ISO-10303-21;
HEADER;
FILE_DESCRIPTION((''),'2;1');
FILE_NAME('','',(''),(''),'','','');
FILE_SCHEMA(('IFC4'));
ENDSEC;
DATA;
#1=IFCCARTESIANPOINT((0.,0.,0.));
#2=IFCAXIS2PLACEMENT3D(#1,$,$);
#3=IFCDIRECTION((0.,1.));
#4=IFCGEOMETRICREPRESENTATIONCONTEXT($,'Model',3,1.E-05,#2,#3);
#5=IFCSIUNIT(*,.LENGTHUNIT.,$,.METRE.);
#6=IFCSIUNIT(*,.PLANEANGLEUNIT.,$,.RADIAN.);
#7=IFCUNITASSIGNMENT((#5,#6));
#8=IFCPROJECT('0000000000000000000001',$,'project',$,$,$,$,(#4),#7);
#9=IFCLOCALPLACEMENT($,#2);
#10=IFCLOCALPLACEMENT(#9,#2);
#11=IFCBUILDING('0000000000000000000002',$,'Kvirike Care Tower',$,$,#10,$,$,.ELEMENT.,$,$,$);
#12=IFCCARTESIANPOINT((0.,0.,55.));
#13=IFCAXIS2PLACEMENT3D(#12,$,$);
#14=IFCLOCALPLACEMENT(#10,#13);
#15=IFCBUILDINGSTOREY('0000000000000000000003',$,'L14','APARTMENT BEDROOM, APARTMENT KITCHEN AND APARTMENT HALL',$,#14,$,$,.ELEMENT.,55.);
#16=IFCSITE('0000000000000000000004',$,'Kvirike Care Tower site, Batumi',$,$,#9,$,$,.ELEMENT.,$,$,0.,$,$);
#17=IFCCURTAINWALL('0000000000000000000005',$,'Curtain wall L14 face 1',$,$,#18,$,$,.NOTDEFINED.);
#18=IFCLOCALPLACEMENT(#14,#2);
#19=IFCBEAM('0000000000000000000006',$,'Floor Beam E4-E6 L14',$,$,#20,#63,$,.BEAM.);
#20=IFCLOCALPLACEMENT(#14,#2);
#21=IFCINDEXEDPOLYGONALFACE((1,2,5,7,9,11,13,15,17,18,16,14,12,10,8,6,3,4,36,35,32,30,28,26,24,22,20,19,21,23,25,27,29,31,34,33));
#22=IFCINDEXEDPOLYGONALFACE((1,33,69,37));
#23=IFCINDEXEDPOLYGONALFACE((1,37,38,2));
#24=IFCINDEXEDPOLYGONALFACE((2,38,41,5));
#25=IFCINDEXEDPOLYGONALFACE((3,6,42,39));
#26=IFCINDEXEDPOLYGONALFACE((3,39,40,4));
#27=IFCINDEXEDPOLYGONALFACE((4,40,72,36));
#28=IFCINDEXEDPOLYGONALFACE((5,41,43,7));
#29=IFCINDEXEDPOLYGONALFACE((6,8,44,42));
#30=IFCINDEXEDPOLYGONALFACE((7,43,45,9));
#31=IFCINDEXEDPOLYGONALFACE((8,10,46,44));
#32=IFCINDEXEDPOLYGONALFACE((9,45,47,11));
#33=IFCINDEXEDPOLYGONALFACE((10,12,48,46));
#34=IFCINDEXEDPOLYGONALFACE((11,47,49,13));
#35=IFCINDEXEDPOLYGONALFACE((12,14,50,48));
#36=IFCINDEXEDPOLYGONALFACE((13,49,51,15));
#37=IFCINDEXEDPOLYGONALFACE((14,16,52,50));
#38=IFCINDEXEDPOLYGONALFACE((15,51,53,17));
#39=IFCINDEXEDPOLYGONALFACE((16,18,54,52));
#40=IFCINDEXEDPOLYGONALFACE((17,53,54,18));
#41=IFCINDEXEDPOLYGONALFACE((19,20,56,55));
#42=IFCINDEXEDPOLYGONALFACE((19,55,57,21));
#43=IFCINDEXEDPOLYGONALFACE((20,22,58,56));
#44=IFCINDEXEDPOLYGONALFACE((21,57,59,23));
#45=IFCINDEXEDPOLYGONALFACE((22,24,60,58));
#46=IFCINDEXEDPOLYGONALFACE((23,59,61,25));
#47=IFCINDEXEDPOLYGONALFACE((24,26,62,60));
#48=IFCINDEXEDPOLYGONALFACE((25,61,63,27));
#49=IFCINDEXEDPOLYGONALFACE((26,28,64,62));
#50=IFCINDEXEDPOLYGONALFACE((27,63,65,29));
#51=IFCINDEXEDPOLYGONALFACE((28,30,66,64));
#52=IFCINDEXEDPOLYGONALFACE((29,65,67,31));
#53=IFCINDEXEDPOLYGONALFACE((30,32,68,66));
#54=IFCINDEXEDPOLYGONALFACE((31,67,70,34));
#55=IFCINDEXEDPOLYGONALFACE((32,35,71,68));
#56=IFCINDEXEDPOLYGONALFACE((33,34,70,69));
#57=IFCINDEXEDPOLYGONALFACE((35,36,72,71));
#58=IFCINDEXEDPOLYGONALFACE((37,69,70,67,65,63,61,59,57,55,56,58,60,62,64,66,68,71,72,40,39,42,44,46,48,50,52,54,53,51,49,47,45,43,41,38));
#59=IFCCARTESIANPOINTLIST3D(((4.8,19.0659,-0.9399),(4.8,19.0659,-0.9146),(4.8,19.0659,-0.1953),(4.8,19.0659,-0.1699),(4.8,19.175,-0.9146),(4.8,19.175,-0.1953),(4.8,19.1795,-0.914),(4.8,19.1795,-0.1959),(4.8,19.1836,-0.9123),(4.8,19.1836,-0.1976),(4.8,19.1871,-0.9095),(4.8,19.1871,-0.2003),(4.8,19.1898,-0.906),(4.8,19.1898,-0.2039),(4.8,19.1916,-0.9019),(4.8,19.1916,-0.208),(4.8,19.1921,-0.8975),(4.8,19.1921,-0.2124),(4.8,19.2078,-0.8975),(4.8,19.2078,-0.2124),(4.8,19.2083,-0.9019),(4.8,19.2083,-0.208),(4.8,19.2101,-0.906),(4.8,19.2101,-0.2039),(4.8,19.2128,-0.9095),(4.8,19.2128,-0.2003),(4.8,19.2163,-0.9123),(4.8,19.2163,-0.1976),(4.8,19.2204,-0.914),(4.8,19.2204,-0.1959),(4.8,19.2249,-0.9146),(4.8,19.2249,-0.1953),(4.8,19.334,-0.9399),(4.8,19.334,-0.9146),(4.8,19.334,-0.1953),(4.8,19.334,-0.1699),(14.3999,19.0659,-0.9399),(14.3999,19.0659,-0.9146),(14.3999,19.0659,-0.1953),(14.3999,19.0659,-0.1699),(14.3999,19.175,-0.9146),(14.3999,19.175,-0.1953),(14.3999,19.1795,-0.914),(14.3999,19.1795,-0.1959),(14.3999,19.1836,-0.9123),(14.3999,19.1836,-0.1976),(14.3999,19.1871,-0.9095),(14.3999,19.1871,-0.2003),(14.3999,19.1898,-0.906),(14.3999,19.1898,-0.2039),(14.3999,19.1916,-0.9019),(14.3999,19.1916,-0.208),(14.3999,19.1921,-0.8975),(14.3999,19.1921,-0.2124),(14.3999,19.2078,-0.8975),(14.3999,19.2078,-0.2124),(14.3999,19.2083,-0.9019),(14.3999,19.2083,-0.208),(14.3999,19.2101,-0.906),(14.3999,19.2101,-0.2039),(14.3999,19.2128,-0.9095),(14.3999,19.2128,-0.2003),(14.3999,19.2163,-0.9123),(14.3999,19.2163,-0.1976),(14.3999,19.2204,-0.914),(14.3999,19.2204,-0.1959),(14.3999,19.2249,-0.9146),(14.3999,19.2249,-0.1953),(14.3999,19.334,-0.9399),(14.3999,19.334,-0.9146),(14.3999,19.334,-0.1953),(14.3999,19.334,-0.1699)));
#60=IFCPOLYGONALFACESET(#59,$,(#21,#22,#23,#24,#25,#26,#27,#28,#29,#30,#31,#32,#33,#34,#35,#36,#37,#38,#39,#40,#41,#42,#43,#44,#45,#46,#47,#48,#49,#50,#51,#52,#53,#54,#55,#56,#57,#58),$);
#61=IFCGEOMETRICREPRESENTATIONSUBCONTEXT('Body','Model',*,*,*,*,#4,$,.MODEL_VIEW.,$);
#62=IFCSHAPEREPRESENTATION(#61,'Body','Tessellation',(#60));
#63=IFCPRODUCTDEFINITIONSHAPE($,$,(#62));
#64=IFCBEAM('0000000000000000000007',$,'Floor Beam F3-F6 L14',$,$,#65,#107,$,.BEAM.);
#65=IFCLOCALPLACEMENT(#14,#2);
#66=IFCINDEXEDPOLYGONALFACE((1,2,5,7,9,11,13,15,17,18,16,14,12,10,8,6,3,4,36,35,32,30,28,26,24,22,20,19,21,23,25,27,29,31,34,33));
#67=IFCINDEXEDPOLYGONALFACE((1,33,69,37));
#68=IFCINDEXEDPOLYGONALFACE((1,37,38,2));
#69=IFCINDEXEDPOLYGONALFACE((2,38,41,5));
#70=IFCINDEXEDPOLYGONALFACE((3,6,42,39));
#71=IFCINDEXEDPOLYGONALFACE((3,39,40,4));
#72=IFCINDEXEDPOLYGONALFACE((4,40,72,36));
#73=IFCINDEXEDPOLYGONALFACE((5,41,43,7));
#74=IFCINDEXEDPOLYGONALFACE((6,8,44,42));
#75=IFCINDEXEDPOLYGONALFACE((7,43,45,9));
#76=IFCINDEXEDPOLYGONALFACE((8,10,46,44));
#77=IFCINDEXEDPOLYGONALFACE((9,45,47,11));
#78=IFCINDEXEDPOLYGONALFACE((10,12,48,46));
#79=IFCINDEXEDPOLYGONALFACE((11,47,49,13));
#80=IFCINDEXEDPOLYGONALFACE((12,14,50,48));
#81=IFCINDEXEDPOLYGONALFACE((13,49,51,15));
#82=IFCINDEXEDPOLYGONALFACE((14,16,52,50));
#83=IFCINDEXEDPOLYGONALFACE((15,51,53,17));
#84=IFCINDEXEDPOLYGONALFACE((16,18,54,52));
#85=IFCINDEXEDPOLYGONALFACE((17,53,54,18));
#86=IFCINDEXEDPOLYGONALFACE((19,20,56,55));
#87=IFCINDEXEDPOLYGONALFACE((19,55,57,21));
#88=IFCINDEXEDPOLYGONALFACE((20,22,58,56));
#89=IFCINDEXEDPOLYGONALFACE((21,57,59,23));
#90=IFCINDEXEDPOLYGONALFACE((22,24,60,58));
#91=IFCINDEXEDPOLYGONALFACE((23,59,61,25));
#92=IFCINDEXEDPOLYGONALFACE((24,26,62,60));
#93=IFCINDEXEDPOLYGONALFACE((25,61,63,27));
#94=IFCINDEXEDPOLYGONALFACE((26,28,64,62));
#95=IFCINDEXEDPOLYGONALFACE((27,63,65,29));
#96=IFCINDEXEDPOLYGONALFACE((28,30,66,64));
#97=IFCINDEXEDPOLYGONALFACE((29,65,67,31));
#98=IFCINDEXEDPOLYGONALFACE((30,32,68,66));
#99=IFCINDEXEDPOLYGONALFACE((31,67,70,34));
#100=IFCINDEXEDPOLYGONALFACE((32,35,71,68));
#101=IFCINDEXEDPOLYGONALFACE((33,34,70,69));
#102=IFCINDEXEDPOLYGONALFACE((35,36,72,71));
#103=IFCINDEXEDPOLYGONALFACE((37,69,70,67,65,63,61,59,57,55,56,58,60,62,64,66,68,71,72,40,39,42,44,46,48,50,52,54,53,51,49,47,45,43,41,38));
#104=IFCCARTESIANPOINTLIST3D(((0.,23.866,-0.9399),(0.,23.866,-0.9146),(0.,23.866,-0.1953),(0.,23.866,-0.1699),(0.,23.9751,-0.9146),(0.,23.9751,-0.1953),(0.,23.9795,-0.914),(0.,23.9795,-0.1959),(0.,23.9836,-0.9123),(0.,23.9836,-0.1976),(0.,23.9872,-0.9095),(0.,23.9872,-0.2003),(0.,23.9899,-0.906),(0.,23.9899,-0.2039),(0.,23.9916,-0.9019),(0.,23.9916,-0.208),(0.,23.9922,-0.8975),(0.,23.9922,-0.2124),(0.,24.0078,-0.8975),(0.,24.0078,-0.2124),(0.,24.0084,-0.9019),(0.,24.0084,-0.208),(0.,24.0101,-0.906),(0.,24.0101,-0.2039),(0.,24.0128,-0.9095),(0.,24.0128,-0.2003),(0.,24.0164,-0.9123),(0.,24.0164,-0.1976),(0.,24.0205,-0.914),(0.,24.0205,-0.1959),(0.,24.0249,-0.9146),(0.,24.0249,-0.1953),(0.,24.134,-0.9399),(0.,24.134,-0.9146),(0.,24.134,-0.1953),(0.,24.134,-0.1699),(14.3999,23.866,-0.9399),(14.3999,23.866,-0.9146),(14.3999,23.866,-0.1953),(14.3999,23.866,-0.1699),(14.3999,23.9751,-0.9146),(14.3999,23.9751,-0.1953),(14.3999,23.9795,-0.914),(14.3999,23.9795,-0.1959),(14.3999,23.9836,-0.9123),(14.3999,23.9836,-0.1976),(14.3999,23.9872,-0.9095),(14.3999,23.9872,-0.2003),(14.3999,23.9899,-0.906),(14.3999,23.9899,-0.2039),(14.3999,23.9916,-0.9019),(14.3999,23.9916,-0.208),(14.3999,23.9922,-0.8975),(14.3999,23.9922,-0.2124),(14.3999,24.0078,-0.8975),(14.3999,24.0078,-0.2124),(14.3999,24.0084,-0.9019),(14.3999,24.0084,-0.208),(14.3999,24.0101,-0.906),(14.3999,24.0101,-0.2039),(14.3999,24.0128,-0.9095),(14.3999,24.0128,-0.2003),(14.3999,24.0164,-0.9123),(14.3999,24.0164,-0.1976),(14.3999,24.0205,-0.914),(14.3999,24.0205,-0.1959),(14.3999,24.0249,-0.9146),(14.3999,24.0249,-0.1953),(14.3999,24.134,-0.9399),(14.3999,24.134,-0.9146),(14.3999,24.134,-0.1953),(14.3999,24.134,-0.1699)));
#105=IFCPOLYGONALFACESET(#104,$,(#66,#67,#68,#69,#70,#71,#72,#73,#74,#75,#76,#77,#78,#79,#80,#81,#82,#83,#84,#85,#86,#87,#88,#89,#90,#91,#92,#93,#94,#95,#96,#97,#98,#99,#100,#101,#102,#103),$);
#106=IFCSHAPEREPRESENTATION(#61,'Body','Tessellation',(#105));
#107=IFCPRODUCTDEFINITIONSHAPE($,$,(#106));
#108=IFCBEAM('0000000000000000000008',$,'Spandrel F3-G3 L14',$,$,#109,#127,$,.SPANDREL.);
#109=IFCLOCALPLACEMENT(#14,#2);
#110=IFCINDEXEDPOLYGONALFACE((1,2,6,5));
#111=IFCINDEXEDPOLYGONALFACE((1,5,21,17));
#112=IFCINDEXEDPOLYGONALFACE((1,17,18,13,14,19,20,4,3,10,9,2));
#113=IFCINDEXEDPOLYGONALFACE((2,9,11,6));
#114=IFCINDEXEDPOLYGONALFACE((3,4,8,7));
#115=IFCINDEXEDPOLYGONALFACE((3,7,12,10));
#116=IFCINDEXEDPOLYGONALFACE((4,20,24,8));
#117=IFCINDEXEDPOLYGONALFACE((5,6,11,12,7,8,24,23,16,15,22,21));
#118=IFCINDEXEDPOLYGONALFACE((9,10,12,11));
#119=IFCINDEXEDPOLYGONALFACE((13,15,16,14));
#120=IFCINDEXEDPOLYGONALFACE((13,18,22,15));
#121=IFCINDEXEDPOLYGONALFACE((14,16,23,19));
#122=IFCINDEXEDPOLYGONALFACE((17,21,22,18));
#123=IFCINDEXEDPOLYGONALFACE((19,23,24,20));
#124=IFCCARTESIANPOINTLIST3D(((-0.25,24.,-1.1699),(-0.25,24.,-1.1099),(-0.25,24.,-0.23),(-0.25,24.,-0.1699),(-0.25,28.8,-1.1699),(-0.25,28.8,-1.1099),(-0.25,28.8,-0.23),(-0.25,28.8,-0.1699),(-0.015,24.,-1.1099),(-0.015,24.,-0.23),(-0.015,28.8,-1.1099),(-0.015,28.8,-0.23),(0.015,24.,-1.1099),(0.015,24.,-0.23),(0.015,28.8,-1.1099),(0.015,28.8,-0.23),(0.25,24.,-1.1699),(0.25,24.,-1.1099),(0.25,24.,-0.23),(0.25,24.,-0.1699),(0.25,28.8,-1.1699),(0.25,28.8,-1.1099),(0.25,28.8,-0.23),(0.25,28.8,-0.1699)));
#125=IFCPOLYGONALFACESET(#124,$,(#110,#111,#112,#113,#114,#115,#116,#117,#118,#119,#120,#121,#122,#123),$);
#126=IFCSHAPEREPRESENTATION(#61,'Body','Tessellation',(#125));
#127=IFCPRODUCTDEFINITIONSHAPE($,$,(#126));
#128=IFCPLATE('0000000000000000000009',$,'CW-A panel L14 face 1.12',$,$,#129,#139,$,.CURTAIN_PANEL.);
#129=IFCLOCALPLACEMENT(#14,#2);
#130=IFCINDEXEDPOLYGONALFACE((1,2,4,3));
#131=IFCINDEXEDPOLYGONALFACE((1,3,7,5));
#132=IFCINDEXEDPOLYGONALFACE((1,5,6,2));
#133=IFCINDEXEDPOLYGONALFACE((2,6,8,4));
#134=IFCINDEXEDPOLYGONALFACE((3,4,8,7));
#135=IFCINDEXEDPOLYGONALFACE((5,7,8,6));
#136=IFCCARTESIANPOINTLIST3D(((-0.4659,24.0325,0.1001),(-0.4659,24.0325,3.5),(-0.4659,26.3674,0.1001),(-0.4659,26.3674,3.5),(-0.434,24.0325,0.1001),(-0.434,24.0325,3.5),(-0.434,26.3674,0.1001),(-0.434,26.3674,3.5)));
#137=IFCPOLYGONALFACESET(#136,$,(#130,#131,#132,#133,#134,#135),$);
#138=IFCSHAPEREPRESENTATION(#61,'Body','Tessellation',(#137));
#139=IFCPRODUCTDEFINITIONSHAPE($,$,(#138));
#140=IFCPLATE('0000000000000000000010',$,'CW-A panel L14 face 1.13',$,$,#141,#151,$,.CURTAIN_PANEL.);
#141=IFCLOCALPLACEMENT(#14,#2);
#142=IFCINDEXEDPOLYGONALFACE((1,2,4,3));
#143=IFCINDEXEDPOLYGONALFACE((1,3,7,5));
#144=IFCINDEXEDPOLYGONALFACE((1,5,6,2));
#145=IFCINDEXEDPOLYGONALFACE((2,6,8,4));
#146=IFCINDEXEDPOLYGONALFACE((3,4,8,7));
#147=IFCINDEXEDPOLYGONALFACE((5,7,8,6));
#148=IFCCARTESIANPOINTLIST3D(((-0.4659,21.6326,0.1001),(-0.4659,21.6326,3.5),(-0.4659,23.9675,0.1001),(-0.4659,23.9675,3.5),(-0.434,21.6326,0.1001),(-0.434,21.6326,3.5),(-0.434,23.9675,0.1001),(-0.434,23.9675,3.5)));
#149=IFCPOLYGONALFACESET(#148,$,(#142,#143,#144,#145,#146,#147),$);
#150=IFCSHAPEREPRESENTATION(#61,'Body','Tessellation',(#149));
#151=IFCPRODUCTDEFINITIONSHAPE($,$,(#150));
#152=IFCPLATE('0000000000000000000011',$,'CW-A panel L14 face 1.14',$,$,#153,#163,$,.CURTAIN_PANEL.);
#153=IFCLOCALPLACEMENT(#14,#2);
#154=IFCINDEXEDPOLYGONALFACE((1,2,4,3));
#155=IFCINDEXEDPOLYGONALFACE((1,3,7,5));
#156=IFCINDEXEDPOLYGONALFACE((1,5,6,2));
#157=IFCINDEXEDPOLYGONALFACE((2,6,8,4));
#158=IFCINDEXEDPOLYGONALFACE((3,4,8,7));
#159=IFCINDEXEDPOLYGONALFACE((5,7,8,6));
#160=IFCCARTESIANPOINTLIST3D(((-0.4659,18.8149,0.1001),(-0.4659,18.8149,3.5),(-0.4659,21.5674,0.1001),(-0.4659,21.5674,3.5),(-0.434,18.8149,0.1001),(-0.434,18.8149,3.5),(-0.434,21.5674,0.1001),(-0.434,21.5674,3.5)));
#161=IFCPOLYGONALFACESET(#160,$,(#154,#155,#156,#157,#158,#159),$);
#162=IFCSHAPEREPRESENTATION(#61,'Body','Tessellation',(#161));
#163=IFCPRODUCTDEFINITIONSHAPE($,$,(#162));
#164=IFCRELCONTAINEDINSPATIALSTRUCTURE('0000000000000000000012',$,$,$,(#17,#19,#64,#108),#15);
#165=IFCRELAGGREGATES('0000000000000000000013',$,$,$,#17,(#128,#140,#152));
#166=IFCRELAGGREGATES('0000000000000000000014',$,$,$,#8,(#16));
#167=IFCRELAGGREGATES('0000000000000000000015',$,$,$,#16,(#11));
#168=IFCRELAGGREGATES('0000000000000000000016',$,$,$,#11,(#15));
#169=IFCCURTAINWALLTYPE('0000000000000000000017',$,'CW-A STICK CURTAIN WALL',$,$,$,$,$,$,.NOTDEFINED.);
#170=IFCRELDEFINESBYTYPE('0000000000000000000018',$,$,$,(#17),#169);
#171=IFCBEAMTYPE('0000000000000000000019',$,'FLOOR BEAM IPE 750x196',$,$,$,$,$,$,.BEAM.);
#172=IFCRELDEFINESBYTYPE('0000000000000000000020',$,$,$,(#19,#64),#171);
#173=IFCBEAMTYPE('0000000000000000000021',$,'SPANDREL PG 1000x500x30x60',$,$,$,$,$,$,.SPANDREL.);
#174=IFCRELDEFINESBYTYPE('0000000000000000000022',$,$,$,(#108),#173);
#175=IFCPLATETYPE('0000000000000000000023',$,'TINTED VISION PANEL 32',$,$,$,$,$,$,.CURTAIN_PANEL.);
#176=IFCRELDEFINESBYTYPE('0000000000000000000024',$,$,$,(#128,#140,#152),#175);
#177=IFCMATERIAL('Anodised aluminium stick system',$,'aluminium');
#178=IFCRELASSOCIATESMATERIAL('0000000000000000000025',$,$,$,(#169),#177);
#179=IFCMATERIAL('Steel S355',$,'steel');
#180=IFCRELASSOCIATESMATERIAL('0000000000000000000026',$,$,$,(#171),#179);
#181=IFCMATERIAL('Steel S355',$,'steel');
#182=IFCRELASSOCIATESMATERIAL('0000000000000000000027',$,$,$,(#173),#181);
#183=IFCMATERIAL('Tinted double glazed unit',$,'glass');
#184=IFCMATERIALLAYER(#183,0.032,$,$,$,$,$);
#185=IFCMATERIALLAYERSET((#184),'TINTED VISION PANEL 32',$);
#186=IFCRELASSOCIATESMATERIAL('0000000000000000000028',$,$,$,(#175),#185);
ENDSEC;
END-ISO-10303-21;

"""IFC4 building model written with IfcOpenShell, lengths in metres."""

from ifc_helpers import new_model, si_unit, direction, frame, origin, origin_2d, place, context, subcontext, project, spatial, rectangle, i_section, extrude, material, layer, layer_set, material_profile, profile_set, type_object, element, aggregate, save


model = new_model("IFC4")

# Units and contexts
model_context = context("Model", 3, precision=1e-05, world=origin(), true_north=direction((0.0, 1.0)))
body_context = subcontext(model_context, "Body", "Model", "MODEL_VIEW")
ifc_project = project(units=[si_unit("LENGTHUNIT", "METRE"), si_unit("PLANEANGLEUNIT", "RADIAN")], contexts=[model_context])

# Site, building, storey
site_placement = place(None, origin())
site = spatial("IfcSite", under=ifc_project, at=site_placement, Name="Kvirike Care Tower site, Batumi", CompositionType="ELEMENT", RefElevation=0.0)
building_placement = place(site_placement, origin())
building = spatial("IfcBuilding", under=site, at=building_placement, Name="Kvirike Care Tower", CompositionType="ELEMENT")
storey_placement = place(building_placement, frame((0.0, 0.0, 55.0)))
storey = spatial("IfcBuildingStorey", under=building, at=storey_placement, Name="L14", Description="APARTMENT BEDROOM, APARTMENT KITCHEN AND APARTMENT HALL", CompositionType="ELEMENT", Elevation=55.0)

# Curtain wall
ifc_material_1 = material(Name="Anodised aluminium stick system", Category="aluminium")
curtain_wall_type = type_object("IfcCurtainWallType", Name="CW-A STICK CURTAIN WALL", PredefinedType="NOTDEFINED", material=ifc_material_1)
curtain_wall_placement = place(storey_placement, origin())
curtain_wall = element("IfcCurtainWall", 1, at=curtain_wall_placement, inside=storey, type_object=curtain_wall_type, Name="Curtain wall L14 face 1", PredefinedType="NOTDEFINED")

# Beams
ifc_material_2 = material(Name="Steel S355", Category="steel")
ifc_material_profile_1 = material_profile(ifc_material_2, i_section(OverallWidth=0.2681, OverallDepth=0.77, WebThickness=0.0156, FlangeThickness=0.0254, FilletRadius=0.0171, at=origin_2d()), Name="IPE 750x196")
ifc_profile_set_1 = profile_set([ifc_material_profile_1], Name="Steel S355")
beam_type_1 = type_object("IfcBeamType", Name="FLOOR BEAM IPE 750x196", PredefinedType="BEAM", material=ifc_profile_set_1)
beam_1_placement = place(storey_placement, frame((4.8, 19.2, -0.5549), z_axis=(1.0, 0.0, 0.0), x_axis=(0.0, 1.0, 0.0)))
element("IfcBeam", 2, at=beam_1_placement, inside=storey, type_object=beam_type_1, Name="Floor Beam E4-E6 L14", PredefinedType="BEAM", context=body_context, shape_type="SweptSolid", body=[
    extrude(i_section(OverallWidth=0.2681, OverallDepth=0.77, WebThickness=0.0156, FlangeThickness=0.0254, FilletRadius=0.0171, at=origin_2d()), origin(), (0.0, 0.0, 1.0), 9.5999),
])
beam_2_placement = place(storey_placement, frame((0.0, 24.0, -0.5549), z_axis=(1.0, 0.0, 0.0), x_axis=(0.0, 1.0, 0.0)))
element("IfcBeam", 3, at=beam_2_placement, inside=storey, type_object=beam_type_1, Name="Floor Beam F3-F6 L14", PredefinedType="BEAM", context=body_context, shape_type="SweptSolid", body=[
    extrude(i_section(OverallWidth=0.2681, OverallDepth=0.77, WebThickness=0.0156, FlangeThickness=0.0254, FilletRadius=0.0171, at=origin_2d()), origin(), (0.0, 0.0, 1.0), 14.3999),
])
ifc_material_3 = material(Name="Steel S355", Category="steel")
ifc_material_profile_2 = material_profile(ifc_material_3, i_section(OverallWidth=0.5, OverallDepth=1.0, WebThickness=0.03, FlangeThickness=0.0601, at=origin_2d()), Name="PG 1000x500x30x60")
ifc_profile_set_2 = profile_set([ifc_material_profile_2], Name="Steel S355")
beam_type_2 = type_object("IfcBeamType", Name="SPANDREL PG 1000x500x30x60", PredefinedType="SPANDREL", material=ifc_profile_set_2)
beam_3_placement = place(storey_placement, frame((0.0, 24.0, -0.6699), z_axis=(0.0, 1.0, 0.0), x_axis=(-1.0, 0.0, 0.0)))
element("IfcBeam", 4, at=beam_3_placement, inside=storey, type_object=beam_type_2, Name="Spandrel F3-G3 L14", PredefinedType="SPANDREL", context=body_context, shape_type="SweptSolid", body=[
    extrude(i_section(OverallWidth=0.5, OverallDepth=1.0, WebThickness=0.03, FlangeThickness=0.0601, at=origin_2d()), origin(), (0.0, 0.0, 1.0), 4.8),
])

# Plates
ifc_material_4 = material(Name="Tinted double glazed unit", Category="glass")
ifc_layer_1 = layer(ifc_material_4, 0.032)
ifc_layer_set_1 = layer_set([ifc_layer_1], Name="TINTED VISION PANEL 32")
plate_type = type_object("IfcPlateType", Name="TINTED VISION PANEL 32", PredefinedType="CURTAIN_PANEL", material=ifc_layer_set_1)
plate_1_placement = place(storey_placement, frame((-0.45, 25.2, 0.1001), z_axis=(0.0, 0.0, 1.0), x_axis=(0.0, -1.0, 0.0)))
plate_1 = element("IfcPlate", 5, at=plate_1_placement, type_object=plate_type, Name="CW-A panel L14 face 1.12", PredefinedType="CURTAIN_PANEL", context=body_context, shape_type="SweptSolid", body=[
    extrude(rectangle(XDim=2.335, YDim=0.032, at=origin_2d()), origin(), (0.0, 0.0, 1.0), 3.3999),
])
plate_2_placement = place(storey_placement, frame((-0.45, 22.8, 0.1001), z_axis=(0.0, 0.0, 1.0), x_axis=(0.0, -1.0, 0.0)))
plate_2 = element("IfcPlate", 6, at=plate_2_placement, type_object=plate_type, Name="CW-A panel L14 face 1.13", PredefinedType="CURTAIN_PANEL", context=body_context, shape_type="SweptSolid", body=[
    extrude(rectangle(XDim=2.335, YDim=0.032, at=origin_2d()), origin(), (0.0, 0.0, 1.0), 3.3999),
])
plate_3_placement = place(storey_placement, frame((-0.45, 20.1912, 0.1001), z_axis=(0.0, 0.0, 1.0), x_axis=(0.0, -1.0, 0.0)))
plate_3 = element("IfcPlate", 7, at=plate_3_placement, type_object=plate_type, Name="CW-A panel L14 face 1.14", PredefinedType="CURTAIN_PANEL", context=body_context, shape_type="SweptSolid", body=[
    extrude(rectangle(XDim=2.7524, YDim=0.032, at=origin_2d()), origin(), (0.0, 0.0, 1.0), 3.3999),
])
aggregate(curtain_wall, [plate_1, plate_2, plate_3])

save(model, "model.ifc")
